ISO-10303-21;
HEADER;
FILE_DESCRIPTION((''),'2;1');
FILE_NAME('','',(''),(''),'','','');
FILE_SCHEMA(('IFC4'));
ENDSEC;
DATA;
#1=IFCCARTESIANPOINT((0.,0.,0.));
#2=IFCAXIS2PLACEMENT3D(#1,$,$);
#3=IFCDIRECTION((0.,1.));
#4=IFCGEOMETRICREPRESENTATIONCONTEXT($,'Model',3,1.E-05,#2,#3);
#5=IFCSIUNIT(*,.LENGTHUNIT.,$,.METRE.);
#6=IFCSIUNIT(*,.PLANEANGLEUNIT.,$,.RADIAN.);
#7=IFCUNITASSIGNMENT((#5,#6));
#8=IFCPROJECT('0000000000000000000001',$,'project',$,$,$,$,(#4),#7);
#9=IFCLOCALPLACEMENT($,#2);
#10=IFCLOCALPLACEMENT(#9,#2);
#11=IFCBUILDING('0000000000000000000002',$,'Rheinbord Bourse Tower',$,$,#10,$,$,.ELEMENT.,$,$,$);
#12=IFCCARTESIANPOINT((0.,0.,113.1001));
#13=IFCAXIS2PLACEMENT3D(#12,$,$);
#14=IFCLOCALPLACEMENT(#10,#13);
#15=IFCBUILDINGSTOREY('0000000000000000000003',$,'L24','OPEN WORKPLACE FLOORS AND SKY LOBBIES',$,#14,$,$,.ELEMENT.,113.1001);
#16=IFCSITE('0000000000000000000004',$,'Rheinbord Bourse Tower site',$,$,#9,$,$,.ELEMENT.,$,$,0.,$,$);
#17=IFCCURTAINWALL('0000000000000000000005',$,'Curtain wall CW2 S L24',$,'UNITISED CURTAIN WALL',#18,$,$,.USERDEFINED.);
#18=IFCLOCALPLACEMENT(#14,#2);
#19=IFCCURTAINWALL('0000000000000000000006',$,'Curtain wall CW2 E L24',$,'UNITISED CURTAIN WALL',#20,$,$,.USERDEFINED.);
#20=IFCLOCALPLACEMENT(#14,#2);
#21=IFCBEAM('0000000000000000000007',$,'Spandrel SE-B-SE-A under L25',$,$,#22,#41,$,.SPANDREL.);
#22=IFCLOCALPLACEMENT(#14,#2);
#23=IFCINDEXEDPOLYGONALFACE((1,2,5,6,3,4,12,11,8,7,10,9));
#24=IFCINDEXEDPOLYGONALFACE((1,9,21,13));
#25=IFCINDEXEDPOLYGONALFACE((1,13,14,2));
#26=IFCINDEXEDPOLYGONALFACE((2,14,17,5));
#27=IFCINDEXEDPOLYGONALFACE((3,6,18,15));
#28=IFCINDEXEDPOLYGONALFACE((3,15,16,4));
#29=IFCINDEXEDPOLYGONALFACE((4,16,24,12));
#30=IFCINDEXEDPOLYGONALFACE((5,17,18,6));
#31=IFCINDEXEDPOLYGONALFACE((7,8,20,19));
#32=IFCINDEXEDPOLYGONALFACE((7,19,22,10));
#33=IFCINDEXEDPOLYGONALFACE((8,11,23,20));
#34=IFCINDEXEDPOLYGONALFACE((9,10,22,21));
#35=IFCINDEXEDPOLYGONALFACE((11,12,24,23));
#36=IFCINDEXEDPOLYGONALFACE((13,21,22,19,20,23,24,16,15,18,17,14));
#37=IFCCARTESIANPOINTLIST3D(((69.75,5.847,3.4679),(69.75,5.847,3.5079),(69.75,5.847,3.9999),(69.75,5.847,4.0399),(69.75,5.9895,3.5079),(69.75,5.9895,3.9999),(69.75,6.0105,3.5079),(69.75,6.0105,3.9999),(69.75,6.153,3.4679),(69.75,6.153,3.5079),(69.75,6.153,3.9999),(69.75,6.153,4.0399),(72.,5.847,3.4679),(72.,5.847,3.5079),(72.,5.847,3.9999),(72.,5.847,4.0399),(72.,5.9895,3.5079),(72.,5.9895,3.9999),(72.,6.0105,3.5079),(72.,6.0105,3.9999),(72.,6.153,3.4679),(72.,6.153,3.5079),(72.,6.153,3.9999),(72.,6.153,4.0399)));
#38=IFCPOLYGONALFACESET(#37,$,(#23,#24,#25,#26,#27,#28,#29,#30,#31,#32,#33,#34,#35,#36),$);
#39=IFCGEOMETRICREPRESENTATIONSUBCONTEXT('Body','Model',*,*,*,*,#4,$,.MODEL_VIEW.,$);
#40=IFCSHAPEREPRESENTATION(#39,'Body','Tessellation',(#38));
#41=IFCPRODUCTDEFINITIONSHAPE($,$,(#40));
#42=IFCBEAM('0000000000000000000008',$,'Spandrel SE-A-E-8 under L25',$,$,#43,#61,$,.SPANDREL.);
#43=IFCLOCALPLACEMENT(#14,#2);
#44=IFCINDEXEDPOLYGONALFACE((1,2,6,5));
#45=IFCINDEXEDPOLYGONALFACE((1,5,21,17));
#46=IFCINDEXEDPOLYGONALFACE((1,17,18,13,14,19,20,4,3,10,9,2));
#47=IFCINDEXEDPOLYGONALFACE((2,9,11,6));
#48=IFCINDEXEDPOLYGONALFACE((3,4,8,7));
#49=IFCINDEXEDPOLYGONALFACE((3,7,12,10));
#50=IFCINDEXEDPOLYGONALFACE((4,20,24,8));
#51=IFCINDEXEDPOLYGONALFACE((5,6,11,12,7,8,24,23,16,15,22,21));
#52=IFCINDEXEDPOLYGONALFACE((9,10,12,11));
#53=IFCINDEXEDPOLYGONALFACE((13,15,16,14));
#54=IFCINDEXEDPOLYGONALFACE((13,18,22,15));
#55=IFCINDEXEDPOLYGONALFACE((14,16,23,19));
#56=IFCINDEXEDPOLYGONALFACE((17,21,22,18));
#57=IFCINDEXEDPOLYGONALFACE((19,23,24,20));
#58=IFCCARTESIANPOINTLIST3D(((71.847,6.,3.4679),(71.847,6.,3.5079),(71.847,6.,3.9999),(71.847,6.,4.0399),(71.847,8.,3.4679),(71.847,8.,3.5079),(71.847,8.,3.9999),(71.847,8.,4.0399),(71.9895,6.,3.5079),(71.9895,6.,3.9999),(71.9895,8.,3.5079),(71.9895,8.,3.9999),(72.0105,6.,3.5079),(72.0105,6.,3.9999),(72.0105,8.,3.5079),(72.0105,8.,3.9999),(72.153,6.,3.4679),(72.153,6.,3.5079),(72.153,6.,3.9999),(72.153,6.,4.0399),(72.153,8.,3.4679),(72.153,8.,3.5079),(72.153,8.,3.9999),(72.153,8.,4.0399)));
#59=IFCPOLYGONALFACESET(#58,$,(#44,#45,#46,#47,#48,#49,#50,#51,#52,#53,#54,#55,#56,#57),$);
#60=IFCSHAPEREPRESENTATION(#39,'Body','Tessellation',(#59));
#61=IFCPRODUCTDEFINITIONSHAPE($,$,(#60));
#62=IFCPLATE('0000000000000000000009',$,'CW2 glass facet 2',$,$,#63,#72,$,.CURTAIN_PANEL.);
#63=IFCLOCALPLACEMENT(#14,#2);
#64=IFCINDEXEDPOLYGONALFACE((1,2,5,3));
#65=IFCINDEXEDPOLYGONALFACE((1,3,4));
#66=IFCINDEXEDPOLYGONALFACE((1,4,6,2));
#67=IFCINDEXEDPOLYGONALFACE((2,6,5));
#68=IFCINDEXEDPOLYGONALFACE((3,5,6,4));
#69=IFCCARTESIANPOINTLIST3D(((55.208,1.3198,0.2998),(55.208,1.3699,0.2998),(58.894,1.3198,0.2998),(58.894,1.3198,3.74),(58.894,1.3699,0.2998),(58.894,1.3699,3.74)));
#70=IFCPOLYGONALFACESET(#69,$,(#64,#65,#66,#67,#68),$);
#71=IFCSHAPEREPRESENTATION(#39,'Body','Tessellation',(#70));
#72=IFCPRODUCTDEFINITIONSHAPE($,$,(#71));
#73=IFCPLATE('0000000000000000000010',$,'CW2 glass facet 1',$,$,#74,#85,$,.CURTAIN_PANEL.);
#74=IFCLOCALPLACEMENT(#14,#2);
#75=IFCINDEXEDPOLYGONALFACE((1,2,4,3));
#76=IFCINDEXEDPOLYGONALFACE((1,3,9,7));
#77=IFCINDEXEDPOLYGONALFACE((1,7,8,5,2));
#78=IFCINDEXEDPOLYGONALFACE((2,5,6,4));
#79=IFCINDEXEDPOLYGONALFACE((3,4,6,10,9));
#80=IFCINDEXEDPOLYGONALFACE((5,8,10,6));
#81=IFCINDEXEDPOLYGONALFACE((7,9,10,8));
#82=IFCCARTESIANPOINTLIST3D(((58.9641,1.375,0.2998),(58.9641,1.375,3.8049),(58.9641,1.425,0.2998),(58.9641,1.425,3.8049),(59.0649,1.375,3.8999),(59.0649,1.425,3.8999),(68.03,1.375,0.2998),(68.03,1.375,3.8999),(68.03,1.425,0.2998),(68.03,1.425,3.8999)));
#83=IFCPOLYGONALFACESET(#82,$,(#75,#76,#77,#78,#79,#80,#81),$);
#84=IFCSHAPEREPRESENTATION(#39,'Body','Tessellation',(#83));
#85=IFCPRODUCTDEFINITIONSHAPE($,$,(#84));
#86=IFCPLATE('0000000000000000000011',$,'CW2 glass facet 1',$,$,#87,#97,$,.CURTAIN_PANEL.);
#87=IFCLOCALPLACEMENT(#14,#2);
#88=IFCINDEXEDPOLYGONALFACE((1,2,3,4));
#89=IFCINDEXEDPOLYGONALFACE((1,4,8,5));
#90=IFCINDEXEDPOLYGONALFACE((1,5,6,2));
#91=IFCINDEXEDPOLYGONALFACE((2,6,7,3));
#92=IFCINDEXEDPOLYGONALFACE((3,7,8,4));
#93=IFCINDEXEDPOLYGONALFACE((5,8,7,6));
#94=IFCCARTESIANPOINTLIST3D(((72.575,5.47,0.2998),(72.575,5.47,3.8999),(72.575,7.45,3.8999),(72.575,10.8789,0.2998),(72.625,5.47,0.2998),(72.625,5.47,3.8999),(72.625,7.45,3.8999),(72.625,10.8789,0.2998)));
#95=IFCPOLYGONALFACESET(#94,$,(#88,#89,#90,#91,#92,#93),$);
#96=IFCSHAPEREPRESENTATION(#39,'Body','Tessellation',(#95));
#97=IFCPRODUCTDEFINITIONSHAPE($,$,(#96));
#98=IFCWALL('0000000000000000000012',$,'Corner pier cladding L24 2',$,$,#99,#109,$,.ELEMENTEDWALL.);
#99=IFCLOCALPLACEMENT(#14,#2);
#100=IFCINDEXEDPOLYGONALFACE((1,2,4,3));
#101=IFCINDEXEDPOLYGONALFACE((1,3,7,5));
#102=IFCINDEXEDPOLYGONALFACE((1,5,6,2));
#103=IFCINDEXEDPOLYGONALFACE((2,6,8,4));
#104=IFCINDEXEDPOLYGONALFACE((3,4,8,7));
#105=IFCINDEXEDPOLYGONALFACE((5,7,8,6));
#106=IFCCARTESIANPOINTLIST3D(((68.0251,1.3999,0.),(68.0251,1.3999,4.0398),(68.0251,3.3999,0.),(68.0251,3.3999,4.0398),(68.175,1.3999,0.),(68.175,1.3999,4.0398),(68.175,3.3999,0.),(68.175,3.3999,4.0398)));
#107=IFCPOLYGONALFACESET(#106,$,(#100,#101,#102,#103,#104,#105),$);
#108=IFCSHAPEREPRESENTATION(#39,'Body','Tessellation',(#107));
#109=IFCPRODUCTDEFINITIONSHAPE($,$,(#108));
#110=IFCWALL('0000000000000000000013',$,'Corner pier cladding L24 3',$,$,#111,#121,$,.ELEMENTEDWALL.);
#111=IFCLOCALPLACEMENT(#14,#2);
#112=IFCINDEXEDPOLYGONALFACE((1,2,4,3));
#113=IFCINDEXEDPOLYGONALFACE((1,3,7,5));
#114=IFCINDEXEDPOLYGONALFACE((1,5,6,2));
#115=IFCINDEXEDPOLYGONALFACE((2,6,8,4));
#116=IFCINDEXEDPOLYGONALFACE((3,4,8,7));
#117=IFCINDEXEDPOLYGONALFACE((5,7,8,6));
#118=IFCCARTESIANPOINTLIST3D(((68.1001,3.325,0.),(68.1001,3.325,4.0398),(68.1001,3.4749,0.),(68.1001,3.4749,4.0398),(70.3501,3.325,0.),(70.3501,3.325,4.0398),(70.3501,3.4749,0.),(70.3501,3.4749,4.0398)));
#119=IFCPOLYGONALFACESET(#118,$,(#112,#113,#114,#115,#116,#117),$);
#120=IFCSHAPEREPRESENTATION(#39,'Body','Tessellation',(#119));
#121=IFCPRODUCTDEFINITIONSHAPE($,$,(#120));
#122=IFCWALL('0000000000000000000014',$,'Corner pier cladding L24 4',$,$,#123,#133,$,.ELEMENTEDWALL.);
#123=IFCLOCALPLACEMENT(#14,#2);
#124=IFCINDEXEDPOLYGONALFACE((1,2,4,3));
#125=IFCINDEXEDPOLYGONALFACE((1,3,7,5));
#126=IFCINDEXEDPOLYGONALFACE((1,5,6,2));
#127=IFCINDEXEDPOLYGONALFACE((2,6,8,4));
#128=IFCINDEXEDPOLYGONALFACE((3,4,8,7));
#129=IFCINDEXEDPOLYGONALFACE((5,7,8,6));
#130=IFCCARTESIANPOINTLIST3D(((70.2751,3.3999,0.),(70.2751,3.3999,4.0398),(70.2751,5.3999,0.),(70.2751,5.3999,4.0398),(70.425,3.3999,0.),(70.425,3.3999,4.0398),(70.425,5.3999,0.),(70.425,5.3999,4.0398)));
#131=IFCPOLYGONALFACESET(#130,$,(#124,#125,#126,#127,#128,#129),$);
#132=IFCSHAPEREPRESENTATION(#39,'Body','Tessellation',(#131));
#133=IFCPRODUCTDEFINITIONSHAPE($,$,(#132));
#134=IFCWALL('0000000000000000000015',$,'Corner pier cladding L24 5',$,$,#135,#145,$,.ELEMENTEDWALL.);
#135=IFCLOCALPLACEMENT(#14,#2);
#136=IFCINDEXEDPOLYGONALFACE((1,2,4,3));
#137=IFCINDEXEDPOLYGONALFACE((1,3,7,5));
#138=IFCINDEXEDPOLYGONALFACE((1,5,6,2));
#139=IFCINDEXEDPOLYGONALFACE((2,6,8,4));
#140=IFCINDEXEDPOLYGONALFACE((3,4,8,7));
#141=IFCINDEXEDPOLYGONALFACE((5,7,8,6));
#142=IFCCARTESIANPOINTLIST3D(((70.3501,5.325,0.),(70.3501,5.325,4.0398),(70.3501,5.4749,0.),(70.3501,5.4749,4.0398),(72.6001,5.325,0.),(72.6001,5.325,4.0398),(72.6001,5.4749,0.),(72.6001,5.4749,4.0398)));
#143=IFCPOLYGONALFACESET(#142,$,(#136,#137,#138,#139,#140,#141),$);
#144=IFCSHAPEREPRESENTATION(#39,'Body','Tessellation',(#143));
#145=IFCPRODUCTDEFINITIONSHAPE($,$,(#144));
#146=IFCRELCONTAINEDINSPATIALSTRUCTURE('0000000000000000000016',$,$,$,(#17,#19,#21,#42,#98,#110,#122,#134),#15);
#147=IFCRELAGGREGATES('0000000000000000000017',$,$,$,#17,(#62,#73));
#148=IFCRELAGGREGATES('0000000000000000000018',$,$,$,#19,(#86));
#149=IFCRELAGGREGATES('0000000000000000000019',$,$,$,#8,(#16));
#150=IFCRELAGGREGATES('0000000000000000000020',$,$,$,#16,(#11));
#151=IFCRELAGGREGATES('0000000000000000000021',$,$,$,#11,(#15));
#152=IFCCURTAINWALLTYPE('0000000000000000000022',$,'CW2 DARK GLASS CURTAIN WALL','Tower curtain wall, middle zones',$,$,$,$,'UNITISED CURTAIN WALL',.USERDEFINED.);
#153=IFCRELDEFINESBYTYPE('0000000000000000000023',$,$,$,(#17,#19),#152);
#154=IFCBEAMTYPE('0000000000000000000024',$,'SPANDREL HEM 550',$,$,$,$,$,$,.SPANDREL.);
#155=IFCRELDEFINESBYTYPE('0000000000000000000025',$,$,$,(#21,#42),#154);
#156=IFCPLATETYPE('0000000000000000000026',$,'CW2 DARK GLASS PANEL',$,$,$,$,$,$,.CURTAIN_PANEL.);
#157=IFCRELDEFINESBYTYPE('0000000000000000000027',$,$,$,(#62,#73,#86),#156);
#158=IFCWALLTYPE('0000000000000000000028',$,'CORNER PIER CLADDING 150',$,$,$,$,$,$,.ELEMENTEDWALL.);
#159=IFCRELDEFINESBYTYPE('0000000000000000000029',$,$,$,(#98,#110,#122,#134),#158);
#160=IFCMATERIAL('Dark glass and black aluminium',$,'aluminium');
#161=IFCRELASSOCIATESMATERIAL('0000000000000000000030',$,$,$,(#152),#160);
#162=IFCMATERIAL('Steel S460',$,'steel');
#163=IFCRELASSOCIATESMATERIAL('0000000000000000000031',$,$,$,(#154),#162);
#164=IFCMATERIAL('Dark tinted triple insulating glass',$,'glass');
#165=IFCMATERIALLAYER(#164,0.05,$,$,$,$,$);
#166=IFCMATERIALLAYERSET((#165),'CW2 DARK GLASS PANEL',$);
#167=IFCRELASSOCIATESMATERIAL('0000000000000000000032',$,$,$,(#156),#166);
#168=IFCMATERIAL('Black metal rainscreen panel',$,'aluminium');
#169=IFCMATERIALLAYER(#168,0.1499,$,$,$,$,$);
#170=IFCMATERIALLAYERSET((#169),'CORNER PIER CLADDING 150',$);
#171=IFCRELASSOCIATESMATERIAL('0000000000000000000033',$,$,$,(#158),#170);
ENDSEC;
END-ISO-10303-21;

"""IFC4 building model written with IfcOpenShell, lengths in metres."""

from ifc_helpers import new_model, si_unit, direction, frame, frame_2d, origin, origin_2d, place, context, subcontext, project, spatial, polyline, rectangle, i_section, outline, extrude, material, layer, layer_set, material_profile, profile_set, type_object, element, aggregate, save


model = new_model("IFC4")

# Units and contexts
model_context = context("Model", 3, precision=1e-05, world=origin(), true_north=direction((0.0, 1.0)))
body_context = subcontext(model_context, "Body", "Model", "MODEL_VIEW")
ifc_project = project(units=[si_unit("LENGTHUNIT", "METRE"), si_unit("PLANEANGLEUNIT", "RADIAN")], contexts=[model_context])

# Site, building, storey
site_placement = place(None, origin())
site = spatial("IfcSite", under=ifc_project, at=site_placement, Name="Rheinbord Bourse Tower site", CompositionType="ELEMENT", RefElevation=0.0)
building_placement = place(site_placement, origin())
building = spatial("IfcBuilding", under=site, at=building_placement, Name="Rheinbord Bourse Tower", CompositionType="ELEMENT")
storey_placement = place(building_placement, frame((0.0, 0.0, 113.1001)))
storey = spatial("IfcBuildingStorey", under=building, at=storey_placement, Name="L24", Description="OPEN WORKPLACE FLOORS AND SKY LOBBIES", CompositionType="ELEMENT", Elevation=113.1001)

# Curtain wall
ifc_material_1 = material(Name="Dark glass and black aluminium", Category="aluminium")
curtain_wall_type = type_object("IfcCurtainWallType", Name="CW2 DARK GLASS CURTAIN WALL", Description="Tower curtain wall, middle zones", ElementType="UNITISED CURTAIN WALL", PredefinedType="USERDEFINED", material=ifc_material_1)
curtain_wall_1_placement = place(storey_placement, origin())
curtain_wall_1 = element("IfcCurtainWall", 1, at=curtain_wall_1_placement, inside=storey, type_object=curtain_wall_type, Name="Curtain wall CW2 S L24", ObjectType="UNITISED CURTAIN WALL", PredefinedType="USERDEFINED")

# Curtain wall
curtain_wall_2_placement = place(storey_placement, origin())
curtain_wall_2 = element("IfcCurtainWall", 2, at=curtain_wall_2_placement, inside=storey, type_object=curtain_wall_type, Name="Curtain wall CW2 E L24", ObjectType="UNITISED CURTAIN WALL", PredefinedType="USERDEFINED")

# Beams
ifc_material_2 = material(Name="Steel S460", Category="steel")
ifc_material_profile_1 = material_profile(ifc_material_2, i_section(OverallWidth=0.3059, OverallDepth=0.572, WebThickness=0.021, FlangeThickness=0.04, at=origin_2d()), Name="HEM 550")
ifc_profile_set_1 = profile_set([ifc_material_profile_1], Name="Steel S460")
beam_type_1 = type_object("IfcBeamType", Name="SPANDREL HEM 550", PredefinedType="SPANDREL", material=ifc_profile_set_1)
beam_1_placement = place(storey_placement, frame((69.75, 6.0, 3.7539), z_axis=(1.0, 0.0, 0.0), x_axis=(0.0, 1.0, 0.0)))
element("IfcBeam", 3, at=beam_1_placement, inside=storey, type_object=beam_type_1, Name="Spandrel SE-B-SE-A under L25", PredefinedType="SPANDREL", context=body_context, shape_type="SweptSolid", body=[
    extrude(i_section(OverallWidth=0.3059, OverallDepth=0.572, WebThickness=0.021, FlangeThickness=0.04, at=origin_2d()), origin(), (0.0, 0.0, 1.0), 2.25),
])
beam_2_placement = place(storey_placement, frame((72.0, 6.0, 3.7539), z_axis=(0.0, 1.0, 0.0), x_axis=(-1.0, 0.0, 0.0)))
element("IfcBeam", 4, at=beam_2_placement, inside=storey, type_object=beam_type_1, Name="Spandrel SE-A-E-8 under L25", PredefinedType="SPANDREL", context=body_context, shape_type="SweptSolid", body=[
    extrude(i_section(OverallWidth=0.3059, OverallDepth=0.572, WebThickness=0.021, FlangeThickness=0.04, at=origin_2d()), origin(), (0.0, 0.0, 1.0), 2.0),
])

# Plates
ifc_material_3 = material(Name="Dark tinted triple insulating glass", Category="glass")
ifc_layer_1 = layer(ifc_material_3, 0.05)
ifc_layer_set_1 = layer_set([ifc_layer_1], Name="CW2 DARK GLASS PANEL")
plate_type = type_object("IfcPlateType", Name="CW2 DARK GLASS PANEL", PredefinedType="CURTAIN_PANEL", material=ifc_layer_set_1)
plate_1_placement = place(storey_placement, frame((58.894, 1.3198, 0.2998), z_axis=(0.0, 1.0, 0.0), x_axis=(-1.0, 0.0, 0.0)))
plate_1 = element("IfcPlate", 5, at=plate_1_placement, type_object=plate_type, Name="CW2 glass facet 2", PredefinedType="CURTAIN_PANEL", context=body_context, shape_type="SweptSolid", body=[
    extrude(outline(polyline([(0.0, 0.0), (3.686, 0.0), (0.0, 3.4402), (0.0, 0.0)])), origin(), (0.0, 0.0, 1.0), 0.05),
])
plate_2_placement = place(storey_placement, frame((68.03, 1.375, 3.8999), z_axis=(0.0, 1.0, 0.0), x_axis=(0.0, 0.0, -1.0)))
plate_2 = element("IfcPlate", 6, at=plate_2_placement, type_object=plate_type, Name="CW2 glass facet 1", PredefinedType="CURTAIN_PANEL", context=body_context, shape_type="SweptSolid", body=[
    extrude(outline(polyline([(0.0, 0.0), (3.6001, 0.0), (3.6001, 9.0659), (0.095, 9.0659), (0.0, 8.9651), (0.0, 0.0)])), origin(), (0.0, 0.0, 1.0), 0.05),
])
aggregate(curtain_wall_1, [plate_1, plate_2])
plate_3_placement = place(storey_placement, frame((72.625, 5.47, 0.2998), z_axis=(-1.0, 0.0, 0.0), x_axis=(0.0, 0.0, 1.0)))
plate_3 = element("IfcPlate", 7, at=plate_3_placement, type_object=plate_type, Name="CW2 glass facet 1", PredefinedType="CURTAIN_PANEL", context=body_context, shape_type="SweptSolid", body=[
    extrude(outline(polyline([(0.0, 0.0), (3.6001, 0.0), (3.6001, 1.98), (0.0, 5.4089), (0.0, 0.0)])), origin(), (0.0, 0.0, 1.0), 0.05),
])
aggregate(curtain_wall_2, [plate_3])

# Walls
ifc_material_4 = material(Name="Black metal rainscreen panel", Category="aluminium")
ifc_layer_2 = layer(ifc_material_4, 0.1499)
ifc_layer_set_2 = layer_set([ifc_layer_2], Name="CORNER PIER CLADDING 150")
wall_type = type_object("IfcWallType", Name="CORNER PIER CLADDING 150", PredefinedType="ELEMENTEDWALL", material=ifc_layer_set_2)
wall_1_placement = place(storey_placement, frame((68.1001, 1.3999, 0.0), z_axis=(0.0, 0.0, 1.0), x_axis=(0.0, 1.0, 0.0)))
element("IfcWall", 8, at=wall_1_placement, inside=storey, type_object=wall_type, Name="Corner pier cladding L24 2", PredefinedType="ELEMENTEDWALL", context=body_context, shape_type="SweptSolid", body=[
    extrude(rectangle(XDim=2.0, YDim=0.1499, at=frame_2d((1.0, 0.0))), origin(), (0.0, 0.0, 1.0), 4.0398),
])
wall_2_placement = place(storey_placement, frame((68.1001, 3.3999, 0.0), z_axis=(0.0, 0.0, 1.0), x_axis=(1.0, 0.0, 0.0)))
element("IfcWall", 9, at=wall_2_placement, inside=storey, type_object=wall_type, Name="Corner pier cladding L24 3", PredefinedType="ELEMENTEDWALL", context=body_context, shape_type="SweptSolid", body=[
    extrude(rectangle(XDim=2.25, YDim=0.1499, at=frame_2d((1.125, 0.0))), origin(), (0.0, 0.0, 1.0), 4.0398),
])
wall_3_placement = place(storey_placement, frame((70.3501, 3.3999, 0.0), z_axis=(0.0, 0.0, 1.0), x_axis=(0.0, 1.0, 0.0)))
element("IfcWall", 10, at=wall_3_placement, inside=storey, type_object=wall_type, Name="Corner pier cladding L24 4", PredefinedType="ELEMENTEDWALL", context=body_context, shape_type="SweptSolid", body=[
    extrude(rectangle(XDim=2.0, YDim=0.1499, at=frame_2d((1.0, 0.0))), origin(), (0.0, 0.0, 1.0), 4.0398),
])
wall_4_placement = place(storey_placement, frame((70.3501, 5.3999, 0.0), z_axis=(0.0, 0.0, 1.0), x_axis=(1.0, 0.0, 0.0)))
element("IfcWall", 11, at=wall_4_placement, inside=storey, type_object=wall_type, Name="Corner pier cladding L24 5", PredefinedType="ELEMENTEDWALL", context=body_context, shape_type="SweptSolid", body=[
    extrude(rectangle(XDim=2.25, YDim=0.1499, at=frame_2d((1.125, 0.0))), origin(), (0.0, 0.0, 1.0), 4.0398),
])

save(model, "model.ifc")
